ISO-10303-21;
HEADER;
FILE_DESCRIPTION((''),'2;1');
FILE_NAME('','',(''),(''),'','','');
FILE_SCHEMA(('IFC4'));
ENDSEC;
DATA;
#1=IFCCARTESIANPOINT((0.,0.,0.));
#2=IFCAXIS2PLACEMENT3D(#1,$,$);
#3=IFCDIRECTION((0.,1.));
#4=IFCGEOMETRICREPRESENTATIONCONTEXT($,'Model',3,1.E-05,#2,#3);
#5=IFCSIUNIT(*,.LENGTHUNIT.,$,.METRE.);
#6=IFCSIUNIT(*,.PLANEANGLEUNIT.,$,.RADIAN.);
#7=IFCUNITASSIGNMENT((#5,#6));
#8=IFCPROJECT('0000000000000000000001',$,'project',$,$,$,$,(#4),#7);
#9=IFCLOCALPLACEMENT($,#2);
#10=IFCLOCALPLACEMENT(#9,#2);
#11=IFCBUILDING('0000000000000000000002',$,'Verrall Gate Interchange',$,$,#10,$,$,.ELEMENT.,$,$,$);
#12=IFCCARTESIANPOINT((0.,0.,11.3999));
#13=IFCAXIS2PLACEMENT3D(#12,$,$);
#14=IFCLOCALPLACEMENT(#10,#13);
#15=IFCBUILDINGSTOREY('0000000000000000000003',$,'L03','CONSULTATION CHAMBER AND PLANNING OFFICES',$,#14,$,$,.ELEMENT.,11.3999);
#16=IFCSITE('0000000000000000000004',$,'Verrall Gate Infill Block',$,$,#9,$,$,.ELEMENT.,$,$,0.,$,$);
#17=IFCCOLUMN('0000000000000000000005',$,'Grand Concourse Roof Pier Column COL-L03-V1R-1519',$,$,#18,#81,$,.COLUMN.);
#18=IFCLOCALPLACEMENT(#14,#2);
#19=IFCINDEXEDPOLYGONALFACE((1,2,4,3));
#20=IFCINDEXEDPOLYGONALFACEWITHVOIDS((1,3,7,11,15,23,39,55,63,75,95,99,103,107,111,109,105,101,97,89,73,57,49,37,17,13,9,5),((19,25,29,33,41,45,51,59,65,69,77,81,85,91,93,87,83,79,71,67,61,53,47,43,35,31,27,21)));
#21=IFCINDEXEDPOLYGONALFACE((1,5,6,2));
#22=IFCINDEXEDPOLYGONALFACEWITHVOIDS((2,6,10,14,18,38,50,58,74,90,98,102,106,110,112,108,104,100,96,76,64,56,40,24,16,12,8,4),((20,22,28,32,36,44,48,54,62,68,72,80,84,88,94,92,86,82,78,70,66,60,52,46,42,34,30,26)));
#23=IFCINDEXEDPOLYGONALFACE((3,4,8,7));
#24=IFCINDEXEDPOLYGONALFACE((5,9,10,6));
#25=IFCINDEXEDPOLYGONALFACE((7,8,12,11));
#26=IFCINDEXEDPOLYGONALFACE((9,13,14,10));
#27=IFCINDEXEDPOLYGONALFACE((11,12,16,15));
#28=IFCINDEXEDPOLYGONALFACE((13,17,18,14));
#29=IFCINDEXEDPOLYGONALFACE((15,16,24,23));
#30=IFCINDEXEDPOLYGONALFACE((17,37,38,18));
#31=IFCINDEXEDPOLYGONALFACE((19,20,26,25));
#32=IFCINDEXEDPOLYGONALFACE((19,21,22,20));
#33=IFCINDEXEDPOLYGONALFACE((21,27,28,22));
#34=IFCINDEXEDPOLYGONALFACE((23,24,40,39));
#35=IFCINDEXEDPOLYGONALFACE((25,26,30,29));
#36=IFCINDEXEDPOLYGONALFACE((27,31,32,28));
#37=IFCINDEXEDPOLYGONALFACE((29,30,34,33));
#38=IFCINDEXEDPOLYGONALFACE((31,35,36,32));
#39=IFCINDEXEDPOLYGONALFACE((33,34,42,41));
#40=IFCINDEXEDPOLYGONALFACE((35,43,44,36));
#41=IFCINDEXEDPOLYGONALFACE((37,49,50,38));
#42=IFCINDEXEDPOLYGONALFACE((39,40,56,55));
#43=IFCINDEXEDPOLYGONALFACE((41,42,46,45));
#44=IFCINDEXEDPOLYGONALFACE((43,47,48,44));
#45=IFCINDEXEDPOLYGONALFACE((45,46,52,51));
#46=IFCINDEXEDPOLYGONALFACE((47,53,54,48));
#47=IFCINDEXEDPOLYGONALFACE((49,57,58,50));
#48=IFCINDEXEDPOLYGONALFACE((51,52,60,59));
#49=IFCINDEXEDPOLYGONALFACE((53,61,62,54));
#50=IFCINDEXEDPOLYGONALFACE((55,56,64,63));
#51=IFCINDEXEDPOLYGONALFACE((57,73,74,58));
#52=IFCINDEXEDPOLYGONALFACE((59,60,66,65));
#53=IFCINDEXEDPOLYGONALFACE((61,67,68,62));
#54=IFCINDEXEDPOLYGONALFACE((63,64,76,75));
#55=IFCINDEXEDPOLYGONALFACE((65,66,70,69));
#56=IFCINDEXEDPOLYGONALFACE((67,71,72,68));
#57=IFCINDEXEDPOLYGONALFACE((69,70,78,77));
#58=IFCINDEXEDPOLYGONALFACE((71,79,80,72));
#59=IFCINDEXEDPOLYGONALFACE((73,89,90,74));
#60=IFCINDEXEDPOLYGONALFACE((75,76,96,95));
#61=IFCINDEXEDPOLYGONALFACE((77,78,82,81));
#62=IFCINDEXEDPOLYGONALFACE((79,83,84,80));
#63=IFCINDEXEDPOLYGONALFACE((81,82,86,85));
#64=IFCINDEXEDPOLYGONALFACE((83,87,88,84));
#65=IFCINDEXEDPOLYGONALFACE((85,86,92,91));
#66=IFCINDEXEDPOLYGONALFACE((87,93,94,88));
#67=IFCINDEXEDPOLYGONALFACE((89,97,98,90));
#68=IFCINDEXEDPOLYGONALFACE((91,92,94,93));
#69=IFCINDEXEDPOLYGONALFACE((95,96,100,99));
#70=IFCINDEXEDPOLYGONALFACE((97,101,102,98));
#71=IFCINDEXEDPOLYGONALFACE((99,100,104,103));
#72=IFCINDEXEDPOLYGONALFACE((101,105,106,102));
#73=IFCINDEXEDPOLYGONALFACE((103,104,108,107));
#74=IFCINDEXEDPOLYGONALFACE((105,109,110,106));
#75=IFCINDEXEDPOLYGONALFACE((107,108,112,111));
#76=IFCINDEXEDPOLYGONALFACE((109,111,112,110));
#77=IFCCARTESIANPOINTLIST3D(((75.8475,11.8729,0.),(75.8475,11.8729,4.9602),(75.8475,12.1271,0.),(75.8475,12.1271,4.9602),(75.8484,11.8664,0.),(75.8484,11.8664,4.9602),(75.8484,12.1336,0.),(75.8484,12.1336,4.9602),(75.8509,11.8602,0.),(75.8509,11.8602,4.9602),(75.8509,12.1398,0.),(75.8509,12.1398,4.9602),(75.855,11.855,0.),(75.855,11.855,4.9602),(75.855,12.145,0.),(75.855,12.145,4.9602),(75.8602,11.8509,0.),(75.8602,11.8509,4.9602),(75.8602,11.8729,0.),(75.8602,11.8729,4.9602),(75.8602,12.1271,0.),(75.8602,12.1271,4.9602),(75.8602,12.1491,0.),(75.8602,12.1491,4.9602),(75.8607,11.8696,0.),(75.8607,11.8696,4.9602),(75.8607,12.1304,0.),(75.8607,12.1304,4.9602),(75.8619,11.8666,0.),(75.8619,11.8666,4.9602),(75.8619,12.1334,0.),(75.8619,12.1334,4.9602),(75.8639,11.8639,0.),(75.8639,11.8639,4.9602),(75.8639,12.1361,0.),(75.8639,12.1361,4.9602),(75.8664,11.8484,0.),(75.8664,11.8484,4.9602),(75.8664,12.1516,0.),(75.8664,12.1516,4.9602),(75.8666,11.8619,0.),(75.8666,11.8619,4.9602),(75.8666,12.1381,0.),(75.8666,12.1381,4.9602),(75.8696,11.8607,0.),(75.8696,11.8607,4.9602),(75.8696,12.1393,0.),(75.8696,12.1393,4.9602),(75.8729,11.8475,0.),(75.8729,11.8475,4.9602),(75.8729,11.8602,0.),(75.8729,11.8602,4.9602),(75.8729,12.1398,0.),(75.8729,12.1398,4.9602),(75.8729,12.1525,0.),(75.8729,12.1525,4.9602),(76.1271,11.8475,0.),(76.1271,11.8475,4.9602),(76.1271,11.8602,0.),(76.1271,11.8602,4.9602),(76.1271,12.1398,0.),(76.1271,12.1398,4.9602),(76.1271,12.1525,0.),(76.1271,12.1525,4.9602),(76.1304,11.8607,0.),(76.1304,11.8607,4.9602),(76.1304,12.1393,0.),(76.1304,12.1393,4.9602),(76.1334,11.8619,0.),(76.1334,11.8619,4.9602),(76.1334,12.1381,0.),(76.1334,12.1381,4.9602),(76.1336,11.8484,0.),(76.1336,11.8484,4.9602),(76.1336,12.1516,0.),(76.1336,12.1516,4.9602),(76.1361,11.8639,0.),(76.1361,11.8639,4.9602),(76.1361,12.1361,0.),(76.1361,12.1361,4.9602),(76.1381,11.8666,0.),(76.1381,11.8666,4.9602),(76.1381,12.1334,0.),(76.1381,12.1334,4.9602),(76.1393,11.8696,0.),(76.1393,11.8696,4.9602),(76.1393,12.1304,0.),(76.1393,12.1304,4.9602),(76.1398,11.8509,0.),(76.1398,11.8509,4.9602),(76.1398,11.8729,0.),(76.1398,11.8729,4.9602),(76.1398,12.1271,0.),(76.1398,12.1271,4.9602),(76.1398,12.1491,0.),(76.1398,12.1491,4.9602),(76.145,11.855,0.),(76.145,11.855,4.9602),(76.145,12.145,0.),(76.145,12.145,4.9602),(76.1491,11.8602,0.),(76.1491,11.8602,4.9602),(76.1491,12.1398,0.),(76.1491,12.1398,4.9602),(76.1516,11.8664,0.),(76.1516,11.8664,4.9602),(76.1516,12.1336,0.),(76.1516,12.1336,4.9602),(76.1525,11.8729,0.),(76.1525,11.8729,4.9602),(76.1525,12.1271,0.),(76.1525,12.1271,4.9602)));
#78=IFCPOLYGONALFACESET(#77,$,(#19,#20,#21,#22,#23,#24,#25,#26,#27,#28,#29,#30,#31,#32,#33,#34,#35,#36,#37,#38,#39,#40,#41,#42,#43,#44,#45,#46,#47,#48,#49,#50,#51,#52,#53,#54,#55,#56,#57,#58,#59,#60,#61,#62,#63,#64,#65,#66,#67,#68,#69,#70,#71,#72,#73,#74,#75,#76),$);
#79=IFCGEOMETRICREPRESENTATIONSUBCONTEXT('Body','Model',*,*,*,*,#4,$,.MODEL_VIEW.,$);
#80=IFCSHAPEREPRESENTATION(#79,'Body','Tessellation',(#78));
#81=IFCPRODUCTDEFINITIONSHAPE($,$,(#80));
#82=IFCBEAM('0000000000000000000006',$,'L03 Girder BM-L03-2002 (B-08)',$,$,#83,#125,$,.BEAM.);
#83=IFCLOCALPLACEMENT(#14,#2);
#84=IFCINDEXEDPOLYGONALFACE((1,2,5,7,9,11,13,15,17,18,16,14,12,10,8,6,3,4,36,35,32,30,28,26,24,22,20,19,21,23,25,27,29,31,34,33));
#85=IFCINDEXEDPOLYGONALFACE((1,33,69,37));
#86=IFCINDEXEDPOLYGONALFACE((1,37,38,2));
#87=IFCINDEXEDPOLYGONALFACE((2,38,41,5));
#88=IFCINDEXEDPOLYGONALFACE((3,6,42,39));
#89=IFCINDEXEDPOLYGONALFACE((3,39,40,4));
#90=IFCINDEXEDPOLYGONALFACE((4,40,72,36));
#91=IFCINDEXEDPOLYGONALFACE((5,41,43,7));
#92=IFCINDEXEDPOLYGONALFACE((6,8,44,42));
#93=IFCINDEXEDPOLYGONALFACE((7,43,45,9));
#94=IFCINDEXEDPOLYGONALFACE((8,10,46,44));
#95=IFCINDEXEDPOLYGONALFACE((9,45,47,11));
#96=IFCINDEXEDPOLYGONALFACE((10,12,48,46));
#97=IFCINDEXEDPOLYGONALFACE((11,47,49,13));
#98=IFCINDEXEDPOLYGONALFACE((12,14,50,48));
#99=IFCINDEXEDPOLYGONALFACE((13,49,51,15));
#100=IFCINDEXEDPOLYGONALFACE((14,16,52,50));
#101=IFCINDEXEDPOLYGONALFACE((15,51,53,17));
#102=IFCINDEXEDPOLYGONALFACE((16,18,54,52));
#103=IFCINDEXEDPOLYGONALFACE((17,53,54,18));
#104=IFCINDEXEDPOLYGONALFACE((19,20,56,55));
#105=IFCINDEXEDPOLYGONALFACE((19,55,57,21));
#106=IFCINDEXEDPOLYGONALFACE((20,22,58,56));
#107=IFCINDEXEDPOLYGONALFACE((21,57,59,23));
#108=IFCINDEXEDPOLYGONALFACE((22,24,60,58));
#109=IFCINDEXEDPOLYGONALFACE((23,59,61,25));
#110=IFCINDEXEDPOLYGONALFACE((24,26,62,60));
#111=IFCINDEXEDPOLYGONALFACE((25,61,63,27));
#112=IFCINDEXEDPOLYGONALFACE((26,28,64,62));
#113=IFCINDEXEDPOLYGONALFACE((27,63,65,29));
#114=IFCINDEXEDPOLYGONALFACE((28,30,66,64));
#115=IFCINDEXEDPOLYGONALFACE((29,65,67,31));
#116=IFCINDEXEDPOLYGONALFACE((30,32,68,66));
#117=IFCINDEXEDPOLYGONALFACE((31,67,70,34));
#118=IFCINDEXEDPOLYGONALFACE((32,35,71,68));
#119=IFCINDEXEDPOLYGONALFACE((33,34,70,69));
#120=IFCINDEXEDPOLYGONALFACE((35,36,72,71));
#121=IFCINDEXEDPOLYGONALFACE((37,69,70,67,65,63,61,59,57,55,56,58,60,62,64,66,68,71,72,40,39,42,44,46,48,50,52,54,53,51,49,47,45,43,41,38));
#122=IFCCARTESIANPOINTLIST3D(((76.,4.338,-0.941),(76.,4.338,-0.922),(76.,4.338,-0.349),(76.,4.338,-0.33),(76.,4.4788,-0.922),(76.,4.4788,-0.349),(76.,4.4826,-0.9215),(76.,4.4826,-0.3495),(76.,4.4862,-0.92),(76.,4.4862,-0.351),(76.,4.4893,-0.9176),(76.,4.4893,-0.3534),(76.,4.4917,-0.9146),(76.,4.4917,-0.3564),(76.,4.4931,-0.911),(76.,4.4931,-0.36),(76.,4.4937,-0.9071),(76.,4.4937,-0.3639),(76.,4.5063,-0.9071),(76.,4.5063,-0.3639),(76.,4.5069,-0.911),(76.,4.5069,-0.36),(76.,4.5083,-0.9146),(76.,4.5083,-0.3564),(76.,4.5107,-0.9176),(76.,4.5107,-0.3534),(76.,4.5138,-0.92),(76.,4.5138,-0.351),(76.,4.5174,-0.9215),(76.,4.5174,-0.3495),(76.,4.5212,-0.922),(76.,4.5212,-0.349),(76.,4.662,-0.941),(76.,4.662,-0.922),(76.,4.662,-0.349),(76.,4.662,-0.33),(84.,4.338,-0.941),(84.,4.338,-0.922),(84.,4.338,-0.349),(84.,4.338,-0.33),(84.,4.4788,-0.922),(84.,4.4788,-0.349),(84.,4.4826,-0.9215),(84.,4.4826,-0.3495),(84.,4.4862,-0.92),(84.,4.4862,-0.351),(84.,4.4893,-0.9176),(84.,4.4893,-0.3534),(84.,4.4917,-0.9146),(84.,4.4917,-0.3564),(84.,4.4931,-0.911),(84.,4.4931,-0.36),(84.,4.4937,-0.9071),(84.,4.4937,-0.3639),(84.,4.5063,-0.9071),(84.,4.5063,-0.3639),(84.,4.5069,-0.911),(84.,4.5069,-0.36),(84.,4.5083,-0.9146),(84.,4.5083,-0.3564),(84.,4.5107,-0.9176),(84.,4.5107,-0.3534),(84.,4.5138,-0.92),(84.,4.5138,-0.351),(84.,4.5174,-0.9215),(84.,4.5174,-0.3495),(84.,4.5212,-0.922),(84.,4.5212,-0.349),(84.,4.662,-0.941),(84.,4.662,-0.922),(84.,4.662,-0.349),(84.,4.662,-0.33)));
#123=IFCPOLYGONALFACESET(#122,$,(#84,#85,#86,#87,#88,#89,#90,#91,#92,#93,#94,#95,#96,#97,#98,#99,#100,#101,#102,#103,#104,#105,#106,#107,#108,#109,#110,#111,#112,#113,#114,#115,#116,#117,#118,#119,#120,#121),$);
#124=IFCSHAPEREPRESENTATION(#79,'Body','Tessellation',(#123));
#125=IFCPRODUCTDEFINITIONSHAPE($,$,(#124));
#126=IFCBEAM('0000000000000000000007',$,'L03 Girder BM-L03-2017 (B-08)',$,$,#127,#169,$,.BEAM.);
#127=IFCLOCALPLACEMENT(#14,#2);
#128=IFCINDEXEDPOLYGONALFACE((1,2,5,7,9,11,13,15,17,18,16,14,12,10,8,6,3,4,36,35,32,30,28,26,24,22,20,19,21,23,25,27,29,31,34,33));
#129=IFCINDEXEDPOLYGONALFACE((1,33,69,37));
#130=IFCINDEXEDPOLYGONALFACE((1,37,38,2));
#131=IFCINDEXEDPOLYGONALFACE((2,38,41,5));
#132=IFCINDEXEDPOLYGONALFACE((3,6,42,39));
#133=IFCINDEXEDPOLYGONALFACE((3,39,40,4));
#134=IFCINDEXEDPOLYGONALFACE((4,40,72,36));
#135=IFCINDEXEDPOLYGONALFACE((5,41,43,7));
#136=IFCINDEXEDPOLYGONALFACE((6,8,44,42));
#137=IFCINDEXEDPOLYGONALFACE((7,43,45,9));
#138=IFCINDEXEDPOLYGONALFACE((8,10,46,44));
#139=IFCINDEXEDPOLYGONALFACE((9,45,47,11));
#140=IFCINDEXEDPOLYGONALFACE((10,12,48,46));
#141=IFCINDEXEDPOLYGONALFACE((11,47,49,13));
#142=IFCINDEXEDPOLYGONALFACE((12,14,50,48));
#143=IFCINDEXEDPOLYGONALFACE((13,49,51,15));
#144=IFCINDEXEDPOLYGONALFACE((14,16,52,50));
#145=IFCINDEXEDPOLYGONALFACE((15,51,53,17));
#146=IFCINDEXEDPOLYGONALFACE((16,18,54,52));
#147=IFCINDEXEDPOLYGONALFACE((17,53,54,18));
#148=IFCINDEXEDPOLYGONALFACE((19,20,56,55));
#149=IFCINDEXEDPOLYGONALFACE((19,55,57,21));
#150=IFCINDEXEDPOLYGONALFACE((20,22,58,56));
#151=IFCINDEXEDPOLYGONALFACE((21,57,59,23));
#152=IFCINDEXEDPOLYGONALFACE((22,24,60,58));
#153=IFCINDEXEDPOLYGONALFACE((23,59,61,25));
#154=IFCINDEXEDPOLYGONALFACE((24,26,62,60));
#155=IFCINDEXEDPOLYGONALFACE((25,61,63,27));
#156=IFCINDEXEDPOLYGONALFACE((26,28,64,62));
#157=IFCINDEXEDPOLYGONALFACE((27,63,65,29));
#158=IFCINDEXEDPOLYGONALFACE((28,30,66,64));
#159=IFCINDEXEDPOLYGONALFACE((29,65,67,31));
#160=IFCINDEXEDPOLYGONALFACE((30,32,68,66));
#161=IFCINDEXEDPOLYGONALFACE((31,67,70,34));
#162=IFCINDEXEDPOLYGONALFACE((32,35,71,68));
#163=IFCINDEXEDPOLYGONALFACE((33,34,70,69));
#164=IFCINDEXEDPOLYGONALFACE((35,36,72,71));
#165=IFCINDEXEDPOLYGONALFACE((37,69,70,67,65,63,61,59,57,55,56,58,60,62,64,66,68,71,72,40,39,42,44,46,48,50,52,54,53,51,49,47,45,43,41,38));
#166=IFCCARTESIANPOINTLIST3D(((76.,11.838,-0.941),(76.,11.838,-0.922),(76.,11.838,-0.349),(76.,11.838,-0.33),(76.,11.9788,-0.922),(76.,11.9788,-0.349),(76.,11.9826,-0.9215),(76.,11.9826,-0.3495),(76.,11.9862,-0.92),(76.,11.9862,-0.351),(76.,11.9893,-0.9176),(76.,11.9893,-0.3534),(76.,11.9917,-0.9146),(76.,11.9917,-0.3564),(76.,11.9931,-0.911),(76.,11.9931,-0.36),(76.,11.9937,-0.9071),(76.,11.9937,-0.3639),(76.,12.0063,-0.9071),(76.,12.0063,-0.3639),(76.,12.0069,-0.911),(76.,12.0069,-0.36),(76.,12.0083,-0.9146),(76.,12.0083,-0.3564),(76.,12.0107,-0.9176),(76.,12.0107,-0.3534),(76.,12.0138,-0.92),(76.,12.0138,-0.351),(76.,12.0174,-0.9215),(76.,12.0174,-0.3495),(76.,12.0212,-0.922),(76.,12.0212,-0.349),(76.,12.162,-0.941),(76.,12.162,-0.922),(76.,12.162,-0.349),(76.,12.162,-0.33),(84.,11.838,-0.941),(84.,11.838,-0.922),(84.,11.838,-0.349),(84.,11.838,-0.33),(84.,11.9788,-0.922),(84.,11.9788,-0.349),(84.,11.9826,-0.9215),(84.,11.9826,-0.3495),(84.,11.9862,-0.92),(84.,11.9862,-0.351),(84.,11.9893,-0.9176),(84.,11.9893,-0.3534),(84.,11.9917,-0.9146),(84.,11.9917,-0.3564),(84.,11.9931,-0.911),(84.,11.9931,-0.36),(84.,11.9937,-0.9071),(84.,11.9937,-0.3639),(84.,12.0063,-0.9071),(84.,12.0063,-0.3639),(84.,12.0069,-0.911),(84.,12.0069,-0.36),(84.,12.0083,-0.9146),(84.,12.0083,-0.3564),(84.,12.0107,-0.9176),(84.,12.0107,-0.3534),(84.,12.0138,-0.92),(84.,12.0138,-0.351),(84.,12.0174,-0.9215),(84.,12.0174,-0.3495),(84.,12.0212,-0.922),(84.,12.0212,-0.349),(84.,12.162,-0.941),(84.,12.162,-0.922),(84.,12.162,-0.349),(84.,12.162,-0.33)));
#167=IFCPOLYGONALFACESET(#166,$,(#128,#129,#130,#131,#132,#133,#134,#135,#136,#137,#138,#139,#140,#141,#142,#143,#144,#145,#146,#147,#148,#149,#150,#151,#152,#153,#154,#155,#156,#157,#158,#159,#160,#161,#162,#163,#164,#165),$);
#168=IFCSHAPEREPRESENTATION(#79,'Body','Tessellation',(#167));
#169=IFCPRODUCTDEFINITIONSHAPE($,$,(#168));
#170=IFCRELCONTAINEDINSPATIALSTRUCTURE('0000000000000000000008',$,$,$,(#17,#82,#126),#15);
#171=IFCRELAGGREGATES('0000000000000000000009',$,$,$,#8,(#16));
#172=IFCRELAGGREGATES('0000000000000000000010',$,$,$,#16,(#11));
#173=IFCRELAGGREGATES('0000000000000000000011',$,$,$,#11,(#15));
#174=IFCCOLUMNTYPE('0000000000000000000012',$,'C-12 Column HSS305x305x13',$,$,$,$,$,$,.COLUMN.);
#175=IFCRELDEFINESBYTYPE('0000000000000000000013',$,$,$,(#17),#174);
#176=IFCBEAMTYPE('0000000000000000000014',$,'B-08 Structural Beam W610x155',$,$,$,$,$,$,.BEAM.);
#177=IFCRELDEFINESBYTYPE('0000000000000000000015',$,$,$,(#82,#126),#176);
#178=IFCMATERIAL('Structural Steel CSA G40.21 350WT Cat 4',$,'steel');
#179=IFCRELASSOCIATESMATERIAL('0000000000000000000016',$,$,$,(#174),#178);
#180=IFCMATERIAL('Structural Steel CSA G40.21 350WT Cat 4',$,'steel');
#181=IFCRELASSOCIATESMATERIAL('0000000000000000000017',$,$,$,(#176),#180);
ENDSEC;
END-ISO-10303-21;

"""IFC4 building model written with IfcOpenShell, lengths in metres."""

from ifc_helpers import new_model, si_unit, direction, frame, origin, origin_2d, place, context, subcontext, project, spatial, hollow_rectangle, i_section, extrude, material, material_profile, profile_set, type_object, element, save


model = new_model("IFC4")

# Units and contexts
model_context = context("Model", 3, precision=1e-05, world=origin(), true_north=direction((0.0, 1.0)))
body_context = subcontext(model_context, "Body", "Model", "MODEL_VIEW")
ifc_project = project(units=[si_unit("LENGTHUNIT", "METRE"), si_unit("PLANEANGLEUNIT", "RADIAN")], contexts=[model_context])

# Site, building, storey
site_placement = place(None, origin())
site = spatial("IfcSite", under=ifc_project, at=site_placement, Name="Verrall Gate Infill Block", CompositionType="ELEMENT", RefElevation=0.0)
building_placement = place(site_placement, origin())
building = spatial("IfcBuilding", under=site, at=building_placement, Name="Verrall Gate Interchange", CompositionType="ELEMENT")
storey_placement = place(building_placement, frame((0.0, 0.0, 11.3999)))
storey = spatial("IfcBuildingStorey", under=building, at=storey_placement, Name="L03", Description="CONSULTATION CHAMBER AND PLANNING OFFICES", CompositionType="ELEMENT", Elevation=11.3999)

# Column
ifc_material_1 = material(Name="Structural Steel CSA G40.21 350WT Cat 4", Category="steel")
ifc_material_profile_1 = material_profile(ifc_material_1, hollow_rectangle(XDim=0.3049, YDim=0.3049, WallThickness=0.0127, InnerFilletRadius=0.0127, OuterFilletRadius=0.0254, at=origin_2d()), Name="HSS305x305x13")
ifc_profile_set_1 = profile_set([ifc_material_profile_1], Name="Structural Steel CSA G40.21 350WT Cat 4")
column_type = type_object("IfcColumnType", Name="C-12 Column HSS305x305x13", PredefinedType="COLUMN", material=ifc_profile_set_1)
column_placement = place(storey_placement, frame((76.0, 12.0, 0.0), z_axis=(0.0, 0.0, 1.0), x_axis=(1.0, 0.0, 0.0)))
element("IfcColumn", 1, at=column_placement, inside=storey, type_object=column_type, Name="Grand Concourse Roof Pier Column COL-L03-V1R-1519", PredefinedType="COLUMN", context=body_context, shape_type="SweptSolid", body=[
    extrude(hollow_rectangle(XDim=0.3049, YDim=0.3049, WallThickness=0.0127, InnerFilletRadius=0.0127, OuterFilletRadius=0.0254, at=origin_2d()), origin(), (0.0, 0.0, 1.0), 4.9602),
])

# Beams
ifc_material_2 = material(Name="Structural Steel CSA G40.21 350WT Cat 4", Category="steel")
ifc_material_profile_2 = material_profile(ifc_material_2, i_section(OverallWidth=0.324, OverallDepth=0.6111, WebThickness=0.0127, FlangeThickness=0.019, FilletRadius=0.0149, at=origin_2d()), Name="W610x155")
ifc_profile_set_2 = profile_set([ifc_material_profile_2], Name="Structural Steel CSA G40.21 350WT Cat 4")
beam_type_1 = type_object("IfcBeamType", Name="B-08 Structural Beam W610x155", PredefinedType="BEAM", material=ifc_profile_set_2)
for number, where, z_axis, x_axis, name in (
    (2, (76.0, 4.5, -0.6355), (1.0, 0.0, 0.0), (0.0, 1.0, 0.0), "L03 Girder BM-L03-2002 (B-08)"),
    (3, (76.0, 12.0, -0.6355), (1.0, 0.0, 0.0), (0.0, 1.0, 0.0), "L03 Girder BM-L03-2017 (B-08)"),
):
    element("IfcBeam", number, at=place(storey_placement, frame(where, z_axis=z_axis, x_axis=x_axis)), inside=storey, type_object=beam_type_1, Name=name, PredefinedType="BEAM", context=body_context, shape_type="SweptSolid", body=[
        extrude(i_section(OverallWidth=0.324, OverallDepth=0.6111, WebThickness=0.0127, FlangeThickness=0.019, FilletRadius=0.0149, at=origin_2d()), origin(), (0.0, 0.0, 1.0), 8.0),
    ])

save(model, "model.ifc")
